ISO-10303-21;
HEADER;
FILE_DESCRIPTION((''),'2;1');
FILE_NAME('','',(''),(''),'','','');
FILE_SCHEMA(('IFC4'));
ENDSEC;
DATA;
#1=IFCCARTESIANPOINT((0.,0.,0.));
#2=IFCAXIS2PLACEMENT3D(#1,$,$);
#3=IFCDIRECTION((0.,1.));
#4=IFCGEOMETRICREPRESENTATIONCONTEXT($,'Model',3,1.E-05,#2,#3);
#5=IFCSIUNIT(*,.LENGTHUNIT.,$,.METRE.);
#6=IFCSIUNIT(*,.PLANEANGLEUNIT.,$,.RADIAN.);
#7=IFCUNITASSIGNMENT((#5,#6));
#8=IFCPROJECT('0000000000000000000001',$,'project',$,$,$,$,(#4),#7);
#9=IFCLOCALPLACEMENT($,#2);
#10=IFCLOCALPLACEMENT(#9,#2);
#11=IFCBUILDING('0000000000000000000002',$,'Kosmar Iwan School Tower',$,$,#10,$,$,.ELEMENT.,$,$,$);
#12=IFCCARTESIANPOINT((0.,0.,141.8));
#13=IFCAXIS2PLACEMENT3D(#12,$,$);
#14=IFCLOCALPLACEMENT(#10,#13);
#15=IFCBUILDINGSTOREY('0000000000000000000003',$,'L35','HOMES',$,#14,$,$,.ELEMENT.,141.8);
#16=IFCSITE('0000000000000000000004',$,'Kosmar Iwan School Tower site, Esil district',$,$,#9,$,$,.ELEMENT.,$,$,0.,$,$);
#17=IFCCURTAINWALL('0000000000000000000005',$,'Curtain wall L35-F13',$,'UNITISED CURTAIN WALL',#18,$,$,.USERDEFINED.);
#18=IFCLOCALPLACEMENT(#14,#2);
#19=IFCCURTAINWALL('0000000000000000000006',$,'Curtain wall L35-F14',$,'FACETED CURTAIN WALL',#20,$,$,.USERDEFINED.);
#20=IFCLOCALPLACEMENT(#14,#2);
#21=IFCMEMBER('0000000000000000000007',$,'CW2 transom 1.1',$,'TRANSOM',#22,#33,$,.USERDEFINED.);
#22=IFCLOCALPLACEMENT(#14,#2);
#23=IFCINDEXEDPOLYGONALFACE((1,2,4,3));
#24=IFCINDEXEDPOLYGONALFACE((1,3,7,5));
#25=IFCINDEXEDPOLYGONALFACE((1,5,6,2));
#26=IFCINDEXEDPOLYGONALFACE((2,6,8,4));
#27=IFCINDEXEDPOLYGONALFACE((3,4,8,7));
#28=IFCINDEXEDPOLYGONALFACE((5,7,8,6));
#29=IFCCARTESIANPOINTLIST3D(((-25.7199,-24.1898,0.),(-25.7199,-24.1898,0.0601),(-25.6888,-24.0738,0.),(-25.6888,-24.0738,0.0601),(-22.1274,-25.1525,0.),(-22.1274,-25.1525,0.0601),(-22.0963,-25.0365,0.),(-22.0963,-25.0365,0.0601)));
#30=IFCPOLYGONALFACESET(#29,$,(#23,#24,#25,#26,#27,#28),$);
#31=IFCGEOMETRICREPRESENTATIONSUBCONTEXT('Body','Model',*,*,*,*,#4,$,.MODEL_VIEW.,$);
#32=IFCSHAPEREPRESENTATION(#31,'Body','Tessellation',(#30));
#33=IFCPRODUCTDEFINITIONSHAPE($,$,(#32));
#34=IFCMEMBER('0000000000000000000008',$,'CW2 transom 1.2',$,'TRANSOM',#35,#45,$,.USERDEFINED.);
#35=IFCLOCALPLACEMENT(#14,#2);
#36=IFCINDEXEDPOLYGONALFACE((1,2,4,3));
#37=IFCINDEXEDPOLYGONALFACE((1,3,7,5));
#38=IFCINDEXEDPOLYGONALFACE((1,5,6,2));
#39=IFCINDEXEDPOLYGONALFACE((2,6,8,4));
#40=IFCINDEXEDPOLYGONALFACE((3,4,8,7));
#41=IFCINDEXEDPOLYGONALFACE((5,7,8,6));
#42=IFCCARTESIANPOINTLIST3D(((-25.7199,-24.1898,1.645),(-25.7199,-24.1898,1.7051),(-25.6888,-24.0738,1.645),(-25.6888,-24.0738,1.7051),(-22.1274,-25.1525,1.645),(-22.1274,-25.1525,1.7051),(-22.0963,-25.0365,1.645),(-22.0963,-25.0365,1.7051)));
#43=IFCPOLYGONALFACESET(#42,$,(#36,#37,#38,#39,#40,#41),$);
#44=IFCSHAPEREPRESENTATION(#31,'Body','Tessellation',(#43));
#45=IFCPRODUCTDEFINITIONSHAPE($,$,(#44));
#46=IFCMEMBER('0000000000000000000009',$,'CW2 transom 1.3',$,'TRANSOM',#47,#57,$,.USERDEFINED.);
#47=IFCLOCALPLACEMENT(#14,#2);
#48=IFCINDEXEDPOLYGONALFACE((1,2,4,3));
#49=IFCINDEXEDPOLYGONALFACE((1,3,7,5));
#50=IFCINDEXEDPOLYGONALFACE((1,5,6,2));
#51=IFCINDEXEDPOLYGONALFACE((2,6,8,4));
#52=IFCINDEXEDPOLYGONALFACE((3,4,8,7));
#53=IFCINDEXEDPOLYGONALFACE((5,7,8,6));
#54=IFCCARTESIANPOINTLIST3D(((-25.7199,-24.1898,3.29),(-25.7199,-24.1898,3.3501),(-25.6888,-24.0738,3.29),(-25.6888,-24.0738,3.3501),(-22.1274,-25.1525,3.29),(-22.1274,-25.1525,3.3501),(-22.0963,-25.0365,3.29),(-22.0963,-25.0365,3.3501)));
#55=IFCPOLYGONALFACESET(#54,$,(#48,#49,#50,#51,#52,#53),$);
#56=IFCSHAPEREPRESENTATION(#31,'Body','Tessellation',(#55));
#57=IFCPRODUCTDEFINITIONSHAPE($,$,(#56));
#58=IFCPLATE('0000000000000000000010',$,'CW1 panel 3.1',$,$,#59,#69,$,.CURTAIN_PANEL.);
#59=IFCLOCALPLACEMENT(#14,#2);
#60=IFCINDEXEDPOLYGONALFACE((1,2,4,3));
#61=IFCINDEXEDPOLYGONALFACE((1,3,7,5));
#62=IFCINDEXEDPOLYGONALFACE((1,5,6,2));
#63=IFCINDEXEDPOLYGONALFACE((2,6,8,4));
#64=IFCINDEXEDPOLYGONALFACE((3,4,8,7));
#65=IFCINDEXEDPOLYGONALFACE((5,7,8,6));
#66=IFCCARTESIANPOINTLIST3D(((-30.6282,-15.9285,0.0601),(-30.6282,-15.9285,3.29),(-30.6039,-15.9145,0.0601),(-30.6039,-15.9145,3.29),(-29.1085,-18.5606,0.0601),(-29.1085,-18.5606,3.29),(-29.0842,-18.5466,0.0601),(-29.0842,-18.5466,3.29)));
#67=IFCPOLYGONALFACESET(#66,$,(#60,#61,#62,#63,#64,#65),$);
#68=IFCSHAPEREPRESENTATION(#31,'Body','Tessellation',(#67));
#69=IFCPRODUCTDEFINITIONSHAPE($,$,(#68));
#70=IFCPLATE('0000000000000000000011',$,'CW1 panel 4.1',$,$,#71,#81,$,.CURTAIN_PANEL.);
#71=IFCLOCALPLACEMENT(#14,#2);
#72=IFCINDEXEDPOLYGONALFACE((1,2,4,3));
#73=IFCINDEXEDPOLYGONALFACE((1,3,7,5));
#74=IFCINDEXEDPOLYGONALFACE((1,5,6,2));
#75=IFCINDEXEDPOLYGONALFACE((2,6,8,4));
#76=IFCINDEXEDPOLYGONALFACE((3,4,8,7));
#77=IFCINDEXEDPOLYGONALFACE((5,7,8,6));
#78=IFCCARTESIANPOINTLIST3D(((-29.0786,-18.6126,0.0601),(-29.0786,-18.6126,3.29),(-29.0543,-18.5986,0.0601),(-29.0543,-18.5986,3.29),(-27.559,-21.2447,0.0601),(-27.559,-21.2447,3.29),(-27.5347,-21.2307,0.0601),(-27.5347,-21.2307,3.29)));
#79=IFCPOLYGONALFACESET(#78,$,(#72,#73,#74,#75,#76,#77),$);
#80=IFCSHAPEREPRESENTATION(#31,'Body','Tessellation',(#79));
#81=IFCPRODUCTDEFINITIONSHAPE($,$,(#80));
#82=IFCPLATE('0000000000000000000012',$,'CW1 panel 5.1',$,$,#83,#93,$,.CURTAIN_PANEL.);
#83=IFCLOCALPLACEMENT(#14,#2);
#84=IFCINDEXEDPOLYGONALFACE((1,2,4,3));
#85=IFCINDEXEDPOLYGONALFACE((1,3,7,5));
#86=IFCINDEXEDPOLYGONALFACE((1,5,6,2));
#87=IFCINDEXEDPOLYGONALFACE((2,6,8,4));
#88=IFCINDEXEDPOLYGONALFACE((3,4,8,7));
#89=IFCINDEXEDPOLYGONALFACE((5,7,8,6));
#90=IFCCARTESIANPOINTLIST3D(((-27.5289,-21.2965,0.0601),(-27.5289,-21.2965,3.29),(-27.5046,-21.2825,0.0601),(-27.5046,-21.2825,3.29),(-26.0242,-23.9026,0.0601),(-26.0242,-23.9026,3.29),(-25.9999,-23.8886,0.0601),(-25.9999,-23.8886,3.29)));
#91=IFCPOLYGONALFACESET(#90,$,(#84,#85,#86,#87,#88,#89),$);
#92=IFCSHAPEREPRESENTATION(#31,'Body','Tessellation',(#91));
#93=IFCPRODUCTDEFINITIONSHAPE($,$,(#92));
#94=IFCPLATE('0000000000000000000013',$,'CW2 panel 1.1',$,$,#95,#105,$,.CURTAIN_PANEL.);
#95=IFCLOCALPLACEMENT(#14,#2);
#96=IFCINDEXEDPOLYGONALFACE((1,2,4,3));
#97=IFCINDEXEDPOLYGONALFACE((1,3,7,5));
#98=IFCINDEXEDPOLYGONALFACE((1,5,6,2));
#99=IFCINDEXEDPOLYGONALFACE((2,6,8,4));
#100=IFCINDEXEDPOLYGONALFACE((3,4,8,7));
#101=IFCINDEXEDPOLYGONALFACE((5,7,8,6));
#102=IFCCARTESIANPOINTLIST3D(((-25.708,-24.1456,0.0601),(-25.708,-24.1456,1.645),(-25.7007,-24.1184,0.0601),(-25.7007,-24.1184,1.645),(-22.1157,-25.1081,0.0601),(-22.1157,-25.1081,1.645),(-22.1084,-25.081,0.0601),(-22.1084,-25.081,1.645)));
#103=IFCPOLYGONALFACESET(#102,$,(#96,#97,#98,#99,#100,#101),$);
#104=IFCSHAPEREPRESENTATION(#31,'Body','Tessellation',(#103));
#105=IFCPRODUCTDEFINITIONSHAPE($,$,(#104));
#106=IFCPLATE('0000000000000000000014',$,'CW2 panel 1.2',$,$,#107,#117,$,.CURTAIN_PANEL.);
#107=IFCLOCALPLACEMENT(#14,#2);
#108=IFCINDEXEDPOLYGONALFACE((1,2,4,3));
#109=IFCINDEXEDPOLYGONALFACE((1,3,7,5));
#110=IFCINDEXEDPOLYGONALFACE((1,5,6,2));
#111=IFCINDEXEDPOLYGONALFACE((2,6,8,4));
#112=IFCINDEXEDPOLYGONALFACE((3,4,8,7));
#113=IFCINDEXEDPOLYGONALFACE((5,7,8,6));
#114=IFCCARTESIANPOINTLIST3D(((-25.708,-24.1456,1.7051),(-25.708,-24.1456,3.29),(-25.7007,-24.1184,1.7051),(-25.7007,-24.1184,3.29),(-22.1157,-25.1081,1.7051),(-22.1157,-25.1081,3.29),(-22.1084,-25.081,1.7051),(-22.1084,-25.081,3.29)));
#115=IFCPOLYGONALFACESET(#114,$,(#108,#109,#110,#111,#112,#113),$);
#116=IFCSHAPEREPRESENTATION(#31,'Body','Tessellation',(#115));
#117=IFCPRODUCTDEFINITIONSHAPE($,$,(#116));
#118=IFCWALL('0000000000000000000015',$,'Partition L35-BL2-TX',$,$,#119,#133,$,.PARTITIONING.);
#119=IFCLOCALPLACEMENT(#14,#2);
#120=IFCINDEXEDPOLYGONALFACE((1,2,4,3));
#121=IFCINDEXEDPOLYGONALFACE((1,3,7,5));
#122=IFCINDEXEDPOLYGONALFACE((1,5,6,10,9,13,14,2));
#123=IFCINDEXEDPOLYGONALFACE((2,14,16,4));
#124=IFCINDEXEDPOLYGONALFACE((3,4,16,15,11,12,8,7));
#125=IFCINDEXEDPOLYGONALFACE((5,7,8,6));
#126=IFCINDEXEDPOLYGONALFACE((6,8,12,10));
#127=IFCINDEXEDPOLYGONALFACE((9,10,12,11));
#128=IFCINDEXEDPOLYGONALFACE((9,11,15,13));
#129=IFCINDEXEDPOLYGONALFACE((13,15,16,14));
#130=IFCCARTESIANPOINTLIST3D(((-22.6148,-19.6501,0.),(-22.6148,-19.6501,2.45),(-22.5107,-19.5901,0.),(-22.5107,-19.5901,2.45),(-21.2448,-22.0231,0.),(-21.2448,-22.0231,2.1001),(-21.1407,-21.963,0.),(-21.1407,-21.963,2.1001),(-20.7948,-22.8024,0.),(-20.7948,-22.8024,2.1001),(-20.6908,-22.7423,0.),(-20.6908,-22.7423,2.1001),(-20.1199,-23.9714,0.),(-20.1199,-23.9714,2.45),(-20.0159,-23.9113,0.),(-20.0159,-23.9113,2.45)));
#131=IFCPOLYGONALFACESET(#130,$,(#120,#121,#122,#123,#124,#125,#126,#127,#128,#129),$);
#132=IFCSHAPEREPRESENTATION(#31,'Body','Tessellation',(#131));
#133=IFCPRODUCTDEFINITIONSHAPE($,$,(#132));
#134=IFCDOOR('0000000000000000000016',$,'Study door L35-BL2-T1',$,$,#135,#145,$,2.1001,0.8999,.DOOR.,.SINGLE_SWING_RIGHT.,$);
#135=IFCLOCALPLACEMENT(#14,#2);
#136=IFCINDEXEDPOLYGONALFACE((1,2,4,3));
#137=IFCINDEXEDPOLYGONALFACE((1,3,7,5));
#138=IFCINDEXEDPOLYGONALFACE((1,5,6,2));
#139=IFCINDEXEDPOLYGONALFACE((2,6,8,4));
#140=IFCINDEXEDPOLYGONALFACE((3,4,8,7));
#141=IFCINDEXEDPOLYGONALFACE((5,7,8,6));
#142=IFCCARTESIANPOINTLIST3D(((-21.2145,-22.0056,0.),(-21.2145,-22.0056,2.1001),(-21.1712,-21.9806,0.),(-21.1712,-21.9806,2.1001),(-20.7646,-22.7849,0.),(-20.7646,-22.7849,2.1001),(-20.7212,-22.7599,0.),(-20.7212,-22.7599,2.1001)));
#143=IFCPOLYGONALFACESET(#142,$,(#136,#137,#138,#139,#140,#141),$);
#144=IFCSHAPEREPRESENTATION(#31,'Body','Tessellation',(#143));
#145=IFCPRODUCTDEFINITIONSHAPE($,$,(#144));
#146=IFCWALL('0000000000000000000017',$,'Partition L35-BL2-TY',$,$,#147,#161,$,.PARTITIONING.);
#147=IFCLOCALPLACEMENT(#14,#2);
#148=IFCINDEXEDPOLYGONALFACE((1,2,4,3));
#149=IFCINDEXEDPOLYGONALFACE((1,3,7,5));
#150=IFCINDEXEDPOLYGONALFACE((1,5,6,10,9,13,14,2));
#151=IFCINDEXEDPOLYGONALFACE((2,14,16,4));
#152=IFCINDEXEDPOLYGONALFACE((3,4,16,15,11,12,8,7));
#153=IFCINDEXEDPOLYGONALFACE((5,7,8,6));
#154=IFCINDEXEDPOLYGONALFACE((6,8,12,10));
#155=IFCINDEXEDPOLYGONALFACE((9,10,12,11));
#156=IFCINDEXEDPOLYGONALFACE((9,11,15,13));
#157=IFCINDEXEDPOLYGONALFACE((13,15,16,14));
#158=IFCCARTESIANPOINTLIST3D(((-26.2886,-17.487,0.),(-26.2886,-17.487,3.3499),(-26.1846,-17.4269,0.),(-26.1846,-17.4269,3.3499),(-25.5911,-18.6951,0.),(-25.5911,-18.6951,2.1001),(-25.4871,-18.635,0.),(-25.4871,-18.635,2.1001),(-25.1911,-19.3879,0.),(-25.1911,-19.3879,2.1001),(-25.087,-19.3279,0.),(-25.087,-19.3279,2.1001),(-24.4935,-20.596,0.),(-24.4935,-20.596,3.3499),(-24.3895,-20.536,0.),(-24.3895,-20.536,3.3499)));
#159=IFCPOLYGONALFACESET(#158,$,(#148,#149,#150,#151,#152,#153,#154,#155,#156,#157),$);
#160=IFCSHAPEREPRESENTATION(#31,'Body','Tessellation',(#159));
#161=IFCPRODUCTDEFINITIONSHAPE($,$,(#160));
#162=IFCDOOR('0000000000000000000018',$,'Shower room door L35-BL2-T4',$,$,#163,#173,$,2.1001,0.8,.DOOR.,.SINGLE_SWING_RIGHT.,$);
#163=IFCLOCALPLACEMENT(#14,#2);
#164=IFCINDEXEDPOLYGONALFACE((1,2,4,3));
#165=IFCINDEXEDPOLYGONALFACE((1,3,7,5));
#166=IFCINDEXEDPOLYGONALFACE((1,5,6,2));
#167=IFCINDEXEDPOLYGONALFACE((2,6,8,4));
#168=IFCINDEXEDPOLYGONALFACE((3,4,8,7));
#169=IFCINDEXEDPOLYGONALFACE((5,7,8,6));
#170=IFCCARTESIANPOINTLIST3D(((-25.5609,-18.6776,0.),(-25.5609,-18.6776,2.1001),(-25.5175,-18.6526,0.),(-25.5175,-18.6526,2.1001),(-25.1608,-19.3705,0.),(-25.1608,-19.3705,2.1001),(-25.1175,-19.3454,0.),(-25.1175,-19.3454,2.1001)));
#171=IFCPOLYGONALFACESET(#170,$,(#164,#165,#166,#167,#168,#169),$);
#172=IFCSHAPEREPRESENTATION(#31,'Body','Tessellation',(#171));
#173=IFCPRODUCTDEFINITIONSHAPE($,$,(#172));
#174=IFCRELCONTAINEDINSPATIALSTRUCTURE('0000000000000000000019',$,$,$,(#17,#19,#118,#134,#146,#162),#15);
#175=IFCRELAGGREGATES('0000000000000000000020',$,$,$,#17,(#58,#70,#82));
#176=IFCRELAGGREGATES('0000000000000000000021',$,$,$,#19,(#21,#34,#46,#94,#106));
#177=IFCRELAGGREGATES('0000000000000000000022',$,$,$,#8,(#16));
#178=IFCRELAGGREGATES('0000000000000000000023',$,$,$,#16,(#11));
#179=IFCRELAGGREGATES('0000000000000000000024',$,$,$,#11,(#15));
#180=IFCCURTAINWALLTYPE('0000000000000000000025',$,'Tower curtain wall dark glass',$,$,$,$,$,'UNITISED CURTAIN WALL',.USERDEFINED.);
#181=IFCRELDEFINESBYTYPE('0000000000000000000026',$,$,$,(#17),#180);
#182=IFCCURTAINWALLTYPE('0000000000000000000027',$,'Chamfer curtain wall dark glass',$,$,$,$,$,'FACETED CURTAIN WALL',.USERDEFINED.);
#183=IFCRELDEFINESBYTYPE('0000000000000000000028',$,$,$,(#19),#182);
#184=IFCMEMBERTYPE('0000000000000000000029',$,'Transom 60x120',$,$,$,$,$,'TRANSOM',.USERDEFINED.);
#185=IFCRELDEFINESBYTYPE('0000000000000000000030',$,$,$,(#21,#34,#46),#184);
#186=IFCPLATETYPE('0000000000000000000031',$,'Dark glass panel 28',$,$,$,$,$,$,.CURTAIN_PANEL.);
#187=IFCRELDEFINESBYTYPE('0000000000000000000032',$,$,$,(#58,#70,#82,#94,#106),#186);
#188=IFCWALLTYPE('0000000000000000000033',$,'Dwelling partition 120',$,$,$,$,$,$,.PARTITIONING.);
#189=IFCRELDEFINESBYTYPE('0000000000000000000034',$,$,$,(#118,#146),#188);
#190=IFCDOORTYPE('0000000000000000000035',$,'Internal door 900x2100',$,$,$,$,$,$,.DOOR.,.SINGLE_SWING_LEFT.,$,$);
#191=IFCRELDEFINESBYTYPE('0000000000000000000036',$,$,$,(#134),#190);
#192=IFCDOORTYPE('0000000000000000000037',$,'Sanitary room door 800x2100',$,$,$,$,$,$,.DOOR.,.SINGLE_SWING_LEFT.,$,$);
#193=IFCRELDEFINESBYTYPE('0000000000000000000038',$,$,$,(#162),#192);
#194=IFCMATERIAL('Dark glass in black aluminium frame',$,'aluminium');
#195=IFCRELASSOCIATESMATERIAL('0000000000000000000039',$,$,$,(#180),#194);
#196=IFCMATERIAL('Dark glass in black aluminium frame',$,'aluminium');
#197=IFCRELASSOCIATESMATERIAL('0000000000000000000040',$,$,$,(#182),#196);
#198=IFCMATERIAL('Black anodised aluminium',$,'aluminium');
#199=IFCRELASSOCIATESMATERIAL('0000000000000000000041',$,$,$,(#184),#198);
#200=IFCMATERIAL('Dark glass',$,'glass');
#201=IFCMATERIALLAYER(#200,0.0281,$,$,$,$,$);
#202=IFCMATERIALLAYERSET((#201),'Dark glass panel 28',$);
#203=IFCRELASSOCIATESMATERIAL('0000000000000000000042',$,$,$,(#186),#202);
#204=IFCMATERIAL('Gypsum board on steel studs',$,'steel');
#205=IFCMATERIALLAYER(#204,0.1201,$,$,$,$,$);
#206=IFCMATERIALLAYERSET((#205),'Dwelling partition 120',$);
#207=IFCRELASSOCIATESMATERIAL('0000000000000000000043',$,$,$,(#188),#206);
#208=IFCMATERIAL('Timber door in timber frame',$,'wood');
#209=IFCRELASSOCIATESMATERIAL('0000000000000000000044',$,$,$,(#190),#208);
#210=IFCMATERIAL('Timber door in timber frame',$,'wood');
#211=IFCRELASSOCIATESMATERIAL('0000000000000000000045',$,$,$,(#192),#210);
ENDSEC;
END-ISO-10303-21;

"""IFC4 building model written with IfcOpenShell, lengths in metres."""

from ifc_helpers import new_model, si_unit, direction, frame, frame_2d, origin, origin_2d, place, context, subcontext, project, spatial, rectangle, extrude, material, layer, layer_set, material_profile, profile_set, type_object, element, fill, aggregate, save


model = new_model("IFC4")

# Units and contexts
model_context = context("Model", 3, precision=1e-05, world=origin(), true_north=direction((0.0, 1.0)))
body_context = subcontext(model_context, "Body", "Model", "MODEL_VIEW")
ifc_project = project(units=[si_unit("LENGTHUNIT", "METRE"), si_unit("PLANEANGLEUNIT", "RADIAN")], contexts=[model_context])

# Site, building, storey
site_placement = place(None, origin())
site = spatial("IfcSite", under=ifc_project, at=site_placement, Name="Kosmar Iwan School Tower site, Esil district", CompositionType="ELEMENT", RefElevation=0.0)
building_placement = place(site_placement, origin())
building = spatial("IfcBuilding", under=site, at=building_placement, Name="Kosmar Iwan School Tower", CompositionType="ELEMENT")
storey_placement = place(building_placement, frame((0.0, 0.0, 141.8)))
storey = spatial("IfcBuildingStorey", under=building, at=storey_placement, Name="L35", Description="HOMES", CompositionType="ELEMENT", Elevation=141.8)

# Curtain wall
ifc_material_1 = material(Name="Dark glass in black aluminium frame", Category="aluminium")
curtain_wall_type_1 = type_object("IfcCurtainWallType", Name="Tower curtain wall dark glass", ElementType="UNITISED CURTAIN WALL", PredefinedType="USERDEFINED", material=ifc_material_1)
curtain_wall_1_placement = place(storey_placement, origin())
curtain_wall_1 = element("IfcCurtainWall", 1, at=curtain_wall_1_placement, inside=storey, type_object=curtain_wall_type_1, Name="Curtain wall L35-F13", ObjectType="UNITISED CURTAIN WALL", PredefinedType="USERDEFINED")

# Curtain wall
ifc_material_2 = material(Name="Dark glass in black aluminium frame", Category="aluminium")
curtain_wall_type_2 = type_object("IfcCurtainWallType", Name="Chamfer curtain wall dark glass", ElementType="FACETED CURTAIN WALL", PredefinedType="USERDEFINED", material=ifc_material_2)
curtain_wall_2_placement = place(storey_placement, origin())
curtain_wall_2 = element("IfcCurtainWall", 2, at=curtain_wall_2_placement, inside=storey, type_object=curtain_wall_type_2, Name="Curtain wall L35-F14", ObjectType="FACETED CURTAIN WALL", PredefinedType="USERDEFINED")

# Members
ifc_material_3 = material(Name="Black anodised aluminium", Category="aluminium")
ifc_material_profile_1 = material_profile(ifc_material_3, rectangle(XDim=0.1201, YDim=0.0601, at=origin_2d()), Name="TRANSOM 60x120")
ifc_profile_set_1 = profile_set([ifc_material_profile_1], Name="Black anodised aluminium")
member_type_1 = type_object("IfcMemberType", Name="Transom 60x120", ElementType="TRANSOM", PredefinedType="USERDEFINED", material=ifc_profile_set_1)
member_1_placement = place(storey_placement, frame((-25.7043, -24.1318, 0.03), z_axis=(0.965924, -0.258827, 0.0), x_axis=(0.258827, 0.965924, 0.0)))
member_1 = element("IfcMember", 3, at=member_1_placement, type_object=member_type_1, Name="CW2 transom 1.1", ObjectType="TRANSOM", PredefinedType="USERDEFINED", context=body_context, shape_type="SweptSolid", body=[
    extrude(rectangle(XDim=0.1201, YDim=0.0601, at=origin_2d()), origin(), (0.0, 0.0, 1.0), 3.7192),
])
member_2_placement = place(storey_placement, frame((-25.7043, -24.1318, 1.675), z_axis=(0.965924, -0.258827, 0.0), x_axis=(0.258827, 0.965924, 0.0)))
member_2 = element("IfcMember", 4, at=member_2_placement, type_object=member_type_1, Name="CW2 transom 1.2", ObjectType="TRANSOM", PredefinedType="USERDEFINED", context=body_context, shape_type="SweptSolid", body=[
    extrude(rectangle(XDim=0.1201, YDim=0.0601, at=origin_2d()), origin(), (0.0, 0.0, 1.0), 3.7192),
])
member_3_placement = place(storey_placement, frame((-25.7043, -24.1318, 3.3201), z_axis=(0.965924, -0.258827, 0.0), x_axis=(0.258827, 0.965924, 0.0)))
member_3 = element("IfcMember", 5, at=member_3_placement, type_object=member_type_1, Name="CW2 transom 1.3", ObjectType="TRANSOM", PredefinedType="USERDEFINED", context=body_context, shape_type="SweptSolid", body=[
    extrude(rectangle(XDim=0.1201, YDim=0.0601, at=origin_2d()), origin(), (0.0, 0.0, 1.0), 3.7192),
])

# Plates
ifc_material_4 = material(Name="Dark glass", Category="glass")
ifc_layer_1 = layer(ifc_material_4, 0.0281)
ifc_layer_set_1 = layer_set([ifc_layer_1], Name="Dark glass panel 28")
plate_type = type_object("IfcPlateType", Name="Dark glass panel 28", PredefinedType="CURTAIN_PANEL", material=ifc_layer_set_1)
plate_1_placement = place(storey_placement, frame((-29.8562, -17.2375, 0.0601), z_axis=(0.0, 0.0, 1.0), x_axis=(0.5, -0.866025, 0.0)))
plate_1 = element("IfcPlate", 6, at=plate_1_placement, type_object=plate_type, Name="CW1 panel 3.1", PredefinedType="CURTAIN_PANEL", context=body_context, shape_type="SweptSolid", body=[
    extrude(rectangle(XDim=3.0393, YDim=0.0281, at=origin_2d()), origin(), (0.0, 0.0, 1.0), 3.23),
])
plate_2_placement = place(storey_placement, frame((-28.3066, -19.9216, 0.0601), z_axis=(0.0, 0.0, 1.0), x_axis=(0.5, -0.866025, 0.0)))
plate_2 = element("IfcPlate", 7, at=plate_2_placement, type_object=plate_type, Name="CW1 panel 4.1", PredefinedType="CURTAIN_PANEL", context=body_context, shape_type="SweptSolid", body=[
    extrude(rectangle(XDim=3.0393, YDim=0.0281, at=origin_2d()), origin(), (0.0, 0.0, 1.0), 3.23),
])
plate_3_placement = place(storey_placement, frame((-26.7644, -22.5925, 0.0601), z_axis=(0.0, 0.0, 1.0), x_axis=(0.5, -0.866025, 0.0)))
plate_3 = element("IfcPlate", 8, at=plate_3_placement, type_object=plate_type, Name="CW1 panel 5.1", PredefinedType="CURTAIN_PANEL", context=body_context, shape_type="SweptSolid", body=[
    extrude(rectangle(XDim=3.0093, YDim=0.0281, at=origin_2d()), origin(), (0.0, 0.0, 1.0), 3.23),
])
aggregate(curtain_wall_1, [plate_1, plate_2, plate_3])
plate_4_placement = place(storey_placement, frame((-23.9082, -24.6133, 0.0601), z_axis=(0.0, 0.0, 1.0), x_axis=(0.965926, -0.258819, 0.0)))
plate_4 = element("IfcPlate", 9, at=plate_4_placement, type_object=plate_type, Name="CW2 panel 1.1", PredefinedType="CURTAIN_PANEL", context=body_context, shape_type="SweptSolid", body=[
    extrude(rectangle(XDim=3.719, YDim=0.0281, at=origin_2d()), origin(), (0.0, 0.0, 1.0), 1.585),
])
plate_5_placement = place(storey_placement, frame((-23.9082, -24.6133, 1.7051), z_axis=(0.0, 0.0, 1.0), x_axis=(0.965926, -0.258819, 0.0)))
plate_5 = element("IfcPlate", 10, at=plate_5_placement, type_object=plate_type, Name="CW2 panel 1.2", PredefinedType="CURTAIN_PANEL", context=body_context, shape_type="SweptSolid", body=[
    extrude(rectangle(XDim=3.719, YDim=0.0281, at=origin_2d()), origin(), (0.0, 0.0, 1.0), 1.585),
])
aggregate(curtain_wall_2, [member_1, member_2, member_3, plate_4, plate_5])

# Walls, openings, doors
ifc_material_5 = material(Name="Gypsum board on steel studs", Category="steel")
ifc_layer_2 = layer(ifc_material_5, 0.1201)
ifc_layer_set_2 = layer_set([ifc_layer_2], Name="Dwelling partition 120")
wall_type_1 = type_object("IfcWallType", Name="Dwelling partition 120", PredefinedType="PARTITIONING", material=ifc_layer_set_2)
wall_1_placement = place(storey_placement, frame((-22.5627, -19.6201, 0.0), z_axis=(0.0, 0.0, 1.0), x_axis=(0.499996, -0.866028, 0.0)))
wall_1 = element("IfcWall", 11, at=wall_1_placement, inside=storey, type_object=wall_type_1, Name="Partition L35-BL2-TX", PredefinedType="PARTITIONING", context=body_context, shape_type="SweptSolid", body=[
    extrude(rectangle(XDim=4.9897, YDim=0.1201, at=frame_2d((2.4949, 0.0))), origin(), (0.0, 0.0, 1.0), 2.45),
])
opening_1_placement = place(wall_1_placement, frame((2.74, 0.0, 0.0)))
opening_1 = element("IfcOpeningElement", 12, at=opening_1_placement, cuts=wall_1, PredefinedType="OPENING", context=body_context, shape_type="SweptSolid", body=[
    extrude(rectangle(XDim=0.8999, YDim=2.1001, at=frame_2d((0.45, 1.05))), frame((0.0, 0.072, 0.0), z_axis=(0.0, -1.0, 0.0), x_axis=(1.0, 0.0, 0.0)), (0.0, 0.0, 1.0), 0.144),
])
ifc_material_6 = material(Name="Timber door in timber frame", Category="wood")
door_type_1 = type_object("IfcDoorType", Name="Internal door 900x2100", OperationType="SINGLE_SWING_LEFT", PredefinedType="DOOR", material=ifc_material_6)
door_1_placement = place(opening_1_placement, origin())
door_1 = element("IfcDoor", 13, at=door_1_placement, inside=storey, type_object=door_type_1, Name="Study door L35-BL2-T1", OperationType="SINGLE_SWING_RIGHT", OverallHeight=2.1001, OverallWidth=0.8999, PredefinedType="DOOR", context=body_context, shape_type="SweptSolid", body=[
    extrude(rectangle(XDim=0.8999, YDim=2.1001, at=frame_2d((0.45, 1.05))), frame((0.0, 0.0249, 0.0), z_axis=(0.0, -1.0, 0.0), x_axis=(1.0, 0.0, 0.0)), (0.0, 0.0, 1.0), 0.05),
])
fill(opening_1, door_1)
wall_2_placement = place(storey_placement, frame((-26.2366, -17.457, 0.0), z_axis=(0.0, 0.0, 1.0), x_axis=(0.500023, -0.866012, 0.0)))
wall_2 = element("IfcWall", 14, at=wall_2_placement, inside=storey, type_object=wall_type_1, Name="Partition L35-BL2-TY", PredefinedType="PARTITIONING", context=body_context, shape_type="SweptSolid", body=[
    extrude(rectangle(XDim=3.5901, YDim=0.1201, at=frame_2d((1.7949, 0.0))), origin(), (0.0, 0.0, 1.0), 3.3499),
])
opening_2_placement = place(wall_2_placement, frame((1.395, 0.0, 0.0)))
opening_2 = element("IfcOpeningElement", 15, at=opening_2_placement, cuts=wall_2, PredefinedType="OPENING", context=body_context, shape_type="SweptSolid", body=[
    extrude(rectangle(XDim=0.8, YDim=2.1001, at=frame_2d((0.3999, 1.05))), frame((0.0, 0.072, 0.0), z_axis=(0.0, -1.0, 0.0), x_axis=(1.0, 0.0, 0.0)), (0.0, 0.0, 1.0), 0.144),
])
ifc_material_7 = material(Name="Timber door in timber frame", Category="wood")
door_type_2 = type_object("IfcDoorType", Name="Sanitary room door 800x2100", OperationType="SINGLE_SWING_LEFT", PredefinedType="DOOR", material=ifc_material_7)
door_2_placement = place(opening_2_placement, origin())
door_2 = element("IfcDoor", 16, at=door_2_placement, inside=storey, type_object=door_type_2, Name="Shower room door L35-BL2-T4", OperationType="SINGLE_SWING_RIGHT", OverallHeight=2.1001, OverallWidth=0.8, PredefinedType="DOOR", context=body_context, shape_type="SweptSolid", body=[
    extrude(rectangle(XDim=0.8, YDim=2.1001, at=frame_2d((0.3999, 1.05))), frame((0.0, 0.0249, 0.0), z_axis=(0.0, -1.0, 0.0), x_axis=(1.0, 0.0, 0.0)), (0.0, 0.0, 1.0), 0.05),
])
fill(opening_2, door_2)

save(model, "model.ifc")
